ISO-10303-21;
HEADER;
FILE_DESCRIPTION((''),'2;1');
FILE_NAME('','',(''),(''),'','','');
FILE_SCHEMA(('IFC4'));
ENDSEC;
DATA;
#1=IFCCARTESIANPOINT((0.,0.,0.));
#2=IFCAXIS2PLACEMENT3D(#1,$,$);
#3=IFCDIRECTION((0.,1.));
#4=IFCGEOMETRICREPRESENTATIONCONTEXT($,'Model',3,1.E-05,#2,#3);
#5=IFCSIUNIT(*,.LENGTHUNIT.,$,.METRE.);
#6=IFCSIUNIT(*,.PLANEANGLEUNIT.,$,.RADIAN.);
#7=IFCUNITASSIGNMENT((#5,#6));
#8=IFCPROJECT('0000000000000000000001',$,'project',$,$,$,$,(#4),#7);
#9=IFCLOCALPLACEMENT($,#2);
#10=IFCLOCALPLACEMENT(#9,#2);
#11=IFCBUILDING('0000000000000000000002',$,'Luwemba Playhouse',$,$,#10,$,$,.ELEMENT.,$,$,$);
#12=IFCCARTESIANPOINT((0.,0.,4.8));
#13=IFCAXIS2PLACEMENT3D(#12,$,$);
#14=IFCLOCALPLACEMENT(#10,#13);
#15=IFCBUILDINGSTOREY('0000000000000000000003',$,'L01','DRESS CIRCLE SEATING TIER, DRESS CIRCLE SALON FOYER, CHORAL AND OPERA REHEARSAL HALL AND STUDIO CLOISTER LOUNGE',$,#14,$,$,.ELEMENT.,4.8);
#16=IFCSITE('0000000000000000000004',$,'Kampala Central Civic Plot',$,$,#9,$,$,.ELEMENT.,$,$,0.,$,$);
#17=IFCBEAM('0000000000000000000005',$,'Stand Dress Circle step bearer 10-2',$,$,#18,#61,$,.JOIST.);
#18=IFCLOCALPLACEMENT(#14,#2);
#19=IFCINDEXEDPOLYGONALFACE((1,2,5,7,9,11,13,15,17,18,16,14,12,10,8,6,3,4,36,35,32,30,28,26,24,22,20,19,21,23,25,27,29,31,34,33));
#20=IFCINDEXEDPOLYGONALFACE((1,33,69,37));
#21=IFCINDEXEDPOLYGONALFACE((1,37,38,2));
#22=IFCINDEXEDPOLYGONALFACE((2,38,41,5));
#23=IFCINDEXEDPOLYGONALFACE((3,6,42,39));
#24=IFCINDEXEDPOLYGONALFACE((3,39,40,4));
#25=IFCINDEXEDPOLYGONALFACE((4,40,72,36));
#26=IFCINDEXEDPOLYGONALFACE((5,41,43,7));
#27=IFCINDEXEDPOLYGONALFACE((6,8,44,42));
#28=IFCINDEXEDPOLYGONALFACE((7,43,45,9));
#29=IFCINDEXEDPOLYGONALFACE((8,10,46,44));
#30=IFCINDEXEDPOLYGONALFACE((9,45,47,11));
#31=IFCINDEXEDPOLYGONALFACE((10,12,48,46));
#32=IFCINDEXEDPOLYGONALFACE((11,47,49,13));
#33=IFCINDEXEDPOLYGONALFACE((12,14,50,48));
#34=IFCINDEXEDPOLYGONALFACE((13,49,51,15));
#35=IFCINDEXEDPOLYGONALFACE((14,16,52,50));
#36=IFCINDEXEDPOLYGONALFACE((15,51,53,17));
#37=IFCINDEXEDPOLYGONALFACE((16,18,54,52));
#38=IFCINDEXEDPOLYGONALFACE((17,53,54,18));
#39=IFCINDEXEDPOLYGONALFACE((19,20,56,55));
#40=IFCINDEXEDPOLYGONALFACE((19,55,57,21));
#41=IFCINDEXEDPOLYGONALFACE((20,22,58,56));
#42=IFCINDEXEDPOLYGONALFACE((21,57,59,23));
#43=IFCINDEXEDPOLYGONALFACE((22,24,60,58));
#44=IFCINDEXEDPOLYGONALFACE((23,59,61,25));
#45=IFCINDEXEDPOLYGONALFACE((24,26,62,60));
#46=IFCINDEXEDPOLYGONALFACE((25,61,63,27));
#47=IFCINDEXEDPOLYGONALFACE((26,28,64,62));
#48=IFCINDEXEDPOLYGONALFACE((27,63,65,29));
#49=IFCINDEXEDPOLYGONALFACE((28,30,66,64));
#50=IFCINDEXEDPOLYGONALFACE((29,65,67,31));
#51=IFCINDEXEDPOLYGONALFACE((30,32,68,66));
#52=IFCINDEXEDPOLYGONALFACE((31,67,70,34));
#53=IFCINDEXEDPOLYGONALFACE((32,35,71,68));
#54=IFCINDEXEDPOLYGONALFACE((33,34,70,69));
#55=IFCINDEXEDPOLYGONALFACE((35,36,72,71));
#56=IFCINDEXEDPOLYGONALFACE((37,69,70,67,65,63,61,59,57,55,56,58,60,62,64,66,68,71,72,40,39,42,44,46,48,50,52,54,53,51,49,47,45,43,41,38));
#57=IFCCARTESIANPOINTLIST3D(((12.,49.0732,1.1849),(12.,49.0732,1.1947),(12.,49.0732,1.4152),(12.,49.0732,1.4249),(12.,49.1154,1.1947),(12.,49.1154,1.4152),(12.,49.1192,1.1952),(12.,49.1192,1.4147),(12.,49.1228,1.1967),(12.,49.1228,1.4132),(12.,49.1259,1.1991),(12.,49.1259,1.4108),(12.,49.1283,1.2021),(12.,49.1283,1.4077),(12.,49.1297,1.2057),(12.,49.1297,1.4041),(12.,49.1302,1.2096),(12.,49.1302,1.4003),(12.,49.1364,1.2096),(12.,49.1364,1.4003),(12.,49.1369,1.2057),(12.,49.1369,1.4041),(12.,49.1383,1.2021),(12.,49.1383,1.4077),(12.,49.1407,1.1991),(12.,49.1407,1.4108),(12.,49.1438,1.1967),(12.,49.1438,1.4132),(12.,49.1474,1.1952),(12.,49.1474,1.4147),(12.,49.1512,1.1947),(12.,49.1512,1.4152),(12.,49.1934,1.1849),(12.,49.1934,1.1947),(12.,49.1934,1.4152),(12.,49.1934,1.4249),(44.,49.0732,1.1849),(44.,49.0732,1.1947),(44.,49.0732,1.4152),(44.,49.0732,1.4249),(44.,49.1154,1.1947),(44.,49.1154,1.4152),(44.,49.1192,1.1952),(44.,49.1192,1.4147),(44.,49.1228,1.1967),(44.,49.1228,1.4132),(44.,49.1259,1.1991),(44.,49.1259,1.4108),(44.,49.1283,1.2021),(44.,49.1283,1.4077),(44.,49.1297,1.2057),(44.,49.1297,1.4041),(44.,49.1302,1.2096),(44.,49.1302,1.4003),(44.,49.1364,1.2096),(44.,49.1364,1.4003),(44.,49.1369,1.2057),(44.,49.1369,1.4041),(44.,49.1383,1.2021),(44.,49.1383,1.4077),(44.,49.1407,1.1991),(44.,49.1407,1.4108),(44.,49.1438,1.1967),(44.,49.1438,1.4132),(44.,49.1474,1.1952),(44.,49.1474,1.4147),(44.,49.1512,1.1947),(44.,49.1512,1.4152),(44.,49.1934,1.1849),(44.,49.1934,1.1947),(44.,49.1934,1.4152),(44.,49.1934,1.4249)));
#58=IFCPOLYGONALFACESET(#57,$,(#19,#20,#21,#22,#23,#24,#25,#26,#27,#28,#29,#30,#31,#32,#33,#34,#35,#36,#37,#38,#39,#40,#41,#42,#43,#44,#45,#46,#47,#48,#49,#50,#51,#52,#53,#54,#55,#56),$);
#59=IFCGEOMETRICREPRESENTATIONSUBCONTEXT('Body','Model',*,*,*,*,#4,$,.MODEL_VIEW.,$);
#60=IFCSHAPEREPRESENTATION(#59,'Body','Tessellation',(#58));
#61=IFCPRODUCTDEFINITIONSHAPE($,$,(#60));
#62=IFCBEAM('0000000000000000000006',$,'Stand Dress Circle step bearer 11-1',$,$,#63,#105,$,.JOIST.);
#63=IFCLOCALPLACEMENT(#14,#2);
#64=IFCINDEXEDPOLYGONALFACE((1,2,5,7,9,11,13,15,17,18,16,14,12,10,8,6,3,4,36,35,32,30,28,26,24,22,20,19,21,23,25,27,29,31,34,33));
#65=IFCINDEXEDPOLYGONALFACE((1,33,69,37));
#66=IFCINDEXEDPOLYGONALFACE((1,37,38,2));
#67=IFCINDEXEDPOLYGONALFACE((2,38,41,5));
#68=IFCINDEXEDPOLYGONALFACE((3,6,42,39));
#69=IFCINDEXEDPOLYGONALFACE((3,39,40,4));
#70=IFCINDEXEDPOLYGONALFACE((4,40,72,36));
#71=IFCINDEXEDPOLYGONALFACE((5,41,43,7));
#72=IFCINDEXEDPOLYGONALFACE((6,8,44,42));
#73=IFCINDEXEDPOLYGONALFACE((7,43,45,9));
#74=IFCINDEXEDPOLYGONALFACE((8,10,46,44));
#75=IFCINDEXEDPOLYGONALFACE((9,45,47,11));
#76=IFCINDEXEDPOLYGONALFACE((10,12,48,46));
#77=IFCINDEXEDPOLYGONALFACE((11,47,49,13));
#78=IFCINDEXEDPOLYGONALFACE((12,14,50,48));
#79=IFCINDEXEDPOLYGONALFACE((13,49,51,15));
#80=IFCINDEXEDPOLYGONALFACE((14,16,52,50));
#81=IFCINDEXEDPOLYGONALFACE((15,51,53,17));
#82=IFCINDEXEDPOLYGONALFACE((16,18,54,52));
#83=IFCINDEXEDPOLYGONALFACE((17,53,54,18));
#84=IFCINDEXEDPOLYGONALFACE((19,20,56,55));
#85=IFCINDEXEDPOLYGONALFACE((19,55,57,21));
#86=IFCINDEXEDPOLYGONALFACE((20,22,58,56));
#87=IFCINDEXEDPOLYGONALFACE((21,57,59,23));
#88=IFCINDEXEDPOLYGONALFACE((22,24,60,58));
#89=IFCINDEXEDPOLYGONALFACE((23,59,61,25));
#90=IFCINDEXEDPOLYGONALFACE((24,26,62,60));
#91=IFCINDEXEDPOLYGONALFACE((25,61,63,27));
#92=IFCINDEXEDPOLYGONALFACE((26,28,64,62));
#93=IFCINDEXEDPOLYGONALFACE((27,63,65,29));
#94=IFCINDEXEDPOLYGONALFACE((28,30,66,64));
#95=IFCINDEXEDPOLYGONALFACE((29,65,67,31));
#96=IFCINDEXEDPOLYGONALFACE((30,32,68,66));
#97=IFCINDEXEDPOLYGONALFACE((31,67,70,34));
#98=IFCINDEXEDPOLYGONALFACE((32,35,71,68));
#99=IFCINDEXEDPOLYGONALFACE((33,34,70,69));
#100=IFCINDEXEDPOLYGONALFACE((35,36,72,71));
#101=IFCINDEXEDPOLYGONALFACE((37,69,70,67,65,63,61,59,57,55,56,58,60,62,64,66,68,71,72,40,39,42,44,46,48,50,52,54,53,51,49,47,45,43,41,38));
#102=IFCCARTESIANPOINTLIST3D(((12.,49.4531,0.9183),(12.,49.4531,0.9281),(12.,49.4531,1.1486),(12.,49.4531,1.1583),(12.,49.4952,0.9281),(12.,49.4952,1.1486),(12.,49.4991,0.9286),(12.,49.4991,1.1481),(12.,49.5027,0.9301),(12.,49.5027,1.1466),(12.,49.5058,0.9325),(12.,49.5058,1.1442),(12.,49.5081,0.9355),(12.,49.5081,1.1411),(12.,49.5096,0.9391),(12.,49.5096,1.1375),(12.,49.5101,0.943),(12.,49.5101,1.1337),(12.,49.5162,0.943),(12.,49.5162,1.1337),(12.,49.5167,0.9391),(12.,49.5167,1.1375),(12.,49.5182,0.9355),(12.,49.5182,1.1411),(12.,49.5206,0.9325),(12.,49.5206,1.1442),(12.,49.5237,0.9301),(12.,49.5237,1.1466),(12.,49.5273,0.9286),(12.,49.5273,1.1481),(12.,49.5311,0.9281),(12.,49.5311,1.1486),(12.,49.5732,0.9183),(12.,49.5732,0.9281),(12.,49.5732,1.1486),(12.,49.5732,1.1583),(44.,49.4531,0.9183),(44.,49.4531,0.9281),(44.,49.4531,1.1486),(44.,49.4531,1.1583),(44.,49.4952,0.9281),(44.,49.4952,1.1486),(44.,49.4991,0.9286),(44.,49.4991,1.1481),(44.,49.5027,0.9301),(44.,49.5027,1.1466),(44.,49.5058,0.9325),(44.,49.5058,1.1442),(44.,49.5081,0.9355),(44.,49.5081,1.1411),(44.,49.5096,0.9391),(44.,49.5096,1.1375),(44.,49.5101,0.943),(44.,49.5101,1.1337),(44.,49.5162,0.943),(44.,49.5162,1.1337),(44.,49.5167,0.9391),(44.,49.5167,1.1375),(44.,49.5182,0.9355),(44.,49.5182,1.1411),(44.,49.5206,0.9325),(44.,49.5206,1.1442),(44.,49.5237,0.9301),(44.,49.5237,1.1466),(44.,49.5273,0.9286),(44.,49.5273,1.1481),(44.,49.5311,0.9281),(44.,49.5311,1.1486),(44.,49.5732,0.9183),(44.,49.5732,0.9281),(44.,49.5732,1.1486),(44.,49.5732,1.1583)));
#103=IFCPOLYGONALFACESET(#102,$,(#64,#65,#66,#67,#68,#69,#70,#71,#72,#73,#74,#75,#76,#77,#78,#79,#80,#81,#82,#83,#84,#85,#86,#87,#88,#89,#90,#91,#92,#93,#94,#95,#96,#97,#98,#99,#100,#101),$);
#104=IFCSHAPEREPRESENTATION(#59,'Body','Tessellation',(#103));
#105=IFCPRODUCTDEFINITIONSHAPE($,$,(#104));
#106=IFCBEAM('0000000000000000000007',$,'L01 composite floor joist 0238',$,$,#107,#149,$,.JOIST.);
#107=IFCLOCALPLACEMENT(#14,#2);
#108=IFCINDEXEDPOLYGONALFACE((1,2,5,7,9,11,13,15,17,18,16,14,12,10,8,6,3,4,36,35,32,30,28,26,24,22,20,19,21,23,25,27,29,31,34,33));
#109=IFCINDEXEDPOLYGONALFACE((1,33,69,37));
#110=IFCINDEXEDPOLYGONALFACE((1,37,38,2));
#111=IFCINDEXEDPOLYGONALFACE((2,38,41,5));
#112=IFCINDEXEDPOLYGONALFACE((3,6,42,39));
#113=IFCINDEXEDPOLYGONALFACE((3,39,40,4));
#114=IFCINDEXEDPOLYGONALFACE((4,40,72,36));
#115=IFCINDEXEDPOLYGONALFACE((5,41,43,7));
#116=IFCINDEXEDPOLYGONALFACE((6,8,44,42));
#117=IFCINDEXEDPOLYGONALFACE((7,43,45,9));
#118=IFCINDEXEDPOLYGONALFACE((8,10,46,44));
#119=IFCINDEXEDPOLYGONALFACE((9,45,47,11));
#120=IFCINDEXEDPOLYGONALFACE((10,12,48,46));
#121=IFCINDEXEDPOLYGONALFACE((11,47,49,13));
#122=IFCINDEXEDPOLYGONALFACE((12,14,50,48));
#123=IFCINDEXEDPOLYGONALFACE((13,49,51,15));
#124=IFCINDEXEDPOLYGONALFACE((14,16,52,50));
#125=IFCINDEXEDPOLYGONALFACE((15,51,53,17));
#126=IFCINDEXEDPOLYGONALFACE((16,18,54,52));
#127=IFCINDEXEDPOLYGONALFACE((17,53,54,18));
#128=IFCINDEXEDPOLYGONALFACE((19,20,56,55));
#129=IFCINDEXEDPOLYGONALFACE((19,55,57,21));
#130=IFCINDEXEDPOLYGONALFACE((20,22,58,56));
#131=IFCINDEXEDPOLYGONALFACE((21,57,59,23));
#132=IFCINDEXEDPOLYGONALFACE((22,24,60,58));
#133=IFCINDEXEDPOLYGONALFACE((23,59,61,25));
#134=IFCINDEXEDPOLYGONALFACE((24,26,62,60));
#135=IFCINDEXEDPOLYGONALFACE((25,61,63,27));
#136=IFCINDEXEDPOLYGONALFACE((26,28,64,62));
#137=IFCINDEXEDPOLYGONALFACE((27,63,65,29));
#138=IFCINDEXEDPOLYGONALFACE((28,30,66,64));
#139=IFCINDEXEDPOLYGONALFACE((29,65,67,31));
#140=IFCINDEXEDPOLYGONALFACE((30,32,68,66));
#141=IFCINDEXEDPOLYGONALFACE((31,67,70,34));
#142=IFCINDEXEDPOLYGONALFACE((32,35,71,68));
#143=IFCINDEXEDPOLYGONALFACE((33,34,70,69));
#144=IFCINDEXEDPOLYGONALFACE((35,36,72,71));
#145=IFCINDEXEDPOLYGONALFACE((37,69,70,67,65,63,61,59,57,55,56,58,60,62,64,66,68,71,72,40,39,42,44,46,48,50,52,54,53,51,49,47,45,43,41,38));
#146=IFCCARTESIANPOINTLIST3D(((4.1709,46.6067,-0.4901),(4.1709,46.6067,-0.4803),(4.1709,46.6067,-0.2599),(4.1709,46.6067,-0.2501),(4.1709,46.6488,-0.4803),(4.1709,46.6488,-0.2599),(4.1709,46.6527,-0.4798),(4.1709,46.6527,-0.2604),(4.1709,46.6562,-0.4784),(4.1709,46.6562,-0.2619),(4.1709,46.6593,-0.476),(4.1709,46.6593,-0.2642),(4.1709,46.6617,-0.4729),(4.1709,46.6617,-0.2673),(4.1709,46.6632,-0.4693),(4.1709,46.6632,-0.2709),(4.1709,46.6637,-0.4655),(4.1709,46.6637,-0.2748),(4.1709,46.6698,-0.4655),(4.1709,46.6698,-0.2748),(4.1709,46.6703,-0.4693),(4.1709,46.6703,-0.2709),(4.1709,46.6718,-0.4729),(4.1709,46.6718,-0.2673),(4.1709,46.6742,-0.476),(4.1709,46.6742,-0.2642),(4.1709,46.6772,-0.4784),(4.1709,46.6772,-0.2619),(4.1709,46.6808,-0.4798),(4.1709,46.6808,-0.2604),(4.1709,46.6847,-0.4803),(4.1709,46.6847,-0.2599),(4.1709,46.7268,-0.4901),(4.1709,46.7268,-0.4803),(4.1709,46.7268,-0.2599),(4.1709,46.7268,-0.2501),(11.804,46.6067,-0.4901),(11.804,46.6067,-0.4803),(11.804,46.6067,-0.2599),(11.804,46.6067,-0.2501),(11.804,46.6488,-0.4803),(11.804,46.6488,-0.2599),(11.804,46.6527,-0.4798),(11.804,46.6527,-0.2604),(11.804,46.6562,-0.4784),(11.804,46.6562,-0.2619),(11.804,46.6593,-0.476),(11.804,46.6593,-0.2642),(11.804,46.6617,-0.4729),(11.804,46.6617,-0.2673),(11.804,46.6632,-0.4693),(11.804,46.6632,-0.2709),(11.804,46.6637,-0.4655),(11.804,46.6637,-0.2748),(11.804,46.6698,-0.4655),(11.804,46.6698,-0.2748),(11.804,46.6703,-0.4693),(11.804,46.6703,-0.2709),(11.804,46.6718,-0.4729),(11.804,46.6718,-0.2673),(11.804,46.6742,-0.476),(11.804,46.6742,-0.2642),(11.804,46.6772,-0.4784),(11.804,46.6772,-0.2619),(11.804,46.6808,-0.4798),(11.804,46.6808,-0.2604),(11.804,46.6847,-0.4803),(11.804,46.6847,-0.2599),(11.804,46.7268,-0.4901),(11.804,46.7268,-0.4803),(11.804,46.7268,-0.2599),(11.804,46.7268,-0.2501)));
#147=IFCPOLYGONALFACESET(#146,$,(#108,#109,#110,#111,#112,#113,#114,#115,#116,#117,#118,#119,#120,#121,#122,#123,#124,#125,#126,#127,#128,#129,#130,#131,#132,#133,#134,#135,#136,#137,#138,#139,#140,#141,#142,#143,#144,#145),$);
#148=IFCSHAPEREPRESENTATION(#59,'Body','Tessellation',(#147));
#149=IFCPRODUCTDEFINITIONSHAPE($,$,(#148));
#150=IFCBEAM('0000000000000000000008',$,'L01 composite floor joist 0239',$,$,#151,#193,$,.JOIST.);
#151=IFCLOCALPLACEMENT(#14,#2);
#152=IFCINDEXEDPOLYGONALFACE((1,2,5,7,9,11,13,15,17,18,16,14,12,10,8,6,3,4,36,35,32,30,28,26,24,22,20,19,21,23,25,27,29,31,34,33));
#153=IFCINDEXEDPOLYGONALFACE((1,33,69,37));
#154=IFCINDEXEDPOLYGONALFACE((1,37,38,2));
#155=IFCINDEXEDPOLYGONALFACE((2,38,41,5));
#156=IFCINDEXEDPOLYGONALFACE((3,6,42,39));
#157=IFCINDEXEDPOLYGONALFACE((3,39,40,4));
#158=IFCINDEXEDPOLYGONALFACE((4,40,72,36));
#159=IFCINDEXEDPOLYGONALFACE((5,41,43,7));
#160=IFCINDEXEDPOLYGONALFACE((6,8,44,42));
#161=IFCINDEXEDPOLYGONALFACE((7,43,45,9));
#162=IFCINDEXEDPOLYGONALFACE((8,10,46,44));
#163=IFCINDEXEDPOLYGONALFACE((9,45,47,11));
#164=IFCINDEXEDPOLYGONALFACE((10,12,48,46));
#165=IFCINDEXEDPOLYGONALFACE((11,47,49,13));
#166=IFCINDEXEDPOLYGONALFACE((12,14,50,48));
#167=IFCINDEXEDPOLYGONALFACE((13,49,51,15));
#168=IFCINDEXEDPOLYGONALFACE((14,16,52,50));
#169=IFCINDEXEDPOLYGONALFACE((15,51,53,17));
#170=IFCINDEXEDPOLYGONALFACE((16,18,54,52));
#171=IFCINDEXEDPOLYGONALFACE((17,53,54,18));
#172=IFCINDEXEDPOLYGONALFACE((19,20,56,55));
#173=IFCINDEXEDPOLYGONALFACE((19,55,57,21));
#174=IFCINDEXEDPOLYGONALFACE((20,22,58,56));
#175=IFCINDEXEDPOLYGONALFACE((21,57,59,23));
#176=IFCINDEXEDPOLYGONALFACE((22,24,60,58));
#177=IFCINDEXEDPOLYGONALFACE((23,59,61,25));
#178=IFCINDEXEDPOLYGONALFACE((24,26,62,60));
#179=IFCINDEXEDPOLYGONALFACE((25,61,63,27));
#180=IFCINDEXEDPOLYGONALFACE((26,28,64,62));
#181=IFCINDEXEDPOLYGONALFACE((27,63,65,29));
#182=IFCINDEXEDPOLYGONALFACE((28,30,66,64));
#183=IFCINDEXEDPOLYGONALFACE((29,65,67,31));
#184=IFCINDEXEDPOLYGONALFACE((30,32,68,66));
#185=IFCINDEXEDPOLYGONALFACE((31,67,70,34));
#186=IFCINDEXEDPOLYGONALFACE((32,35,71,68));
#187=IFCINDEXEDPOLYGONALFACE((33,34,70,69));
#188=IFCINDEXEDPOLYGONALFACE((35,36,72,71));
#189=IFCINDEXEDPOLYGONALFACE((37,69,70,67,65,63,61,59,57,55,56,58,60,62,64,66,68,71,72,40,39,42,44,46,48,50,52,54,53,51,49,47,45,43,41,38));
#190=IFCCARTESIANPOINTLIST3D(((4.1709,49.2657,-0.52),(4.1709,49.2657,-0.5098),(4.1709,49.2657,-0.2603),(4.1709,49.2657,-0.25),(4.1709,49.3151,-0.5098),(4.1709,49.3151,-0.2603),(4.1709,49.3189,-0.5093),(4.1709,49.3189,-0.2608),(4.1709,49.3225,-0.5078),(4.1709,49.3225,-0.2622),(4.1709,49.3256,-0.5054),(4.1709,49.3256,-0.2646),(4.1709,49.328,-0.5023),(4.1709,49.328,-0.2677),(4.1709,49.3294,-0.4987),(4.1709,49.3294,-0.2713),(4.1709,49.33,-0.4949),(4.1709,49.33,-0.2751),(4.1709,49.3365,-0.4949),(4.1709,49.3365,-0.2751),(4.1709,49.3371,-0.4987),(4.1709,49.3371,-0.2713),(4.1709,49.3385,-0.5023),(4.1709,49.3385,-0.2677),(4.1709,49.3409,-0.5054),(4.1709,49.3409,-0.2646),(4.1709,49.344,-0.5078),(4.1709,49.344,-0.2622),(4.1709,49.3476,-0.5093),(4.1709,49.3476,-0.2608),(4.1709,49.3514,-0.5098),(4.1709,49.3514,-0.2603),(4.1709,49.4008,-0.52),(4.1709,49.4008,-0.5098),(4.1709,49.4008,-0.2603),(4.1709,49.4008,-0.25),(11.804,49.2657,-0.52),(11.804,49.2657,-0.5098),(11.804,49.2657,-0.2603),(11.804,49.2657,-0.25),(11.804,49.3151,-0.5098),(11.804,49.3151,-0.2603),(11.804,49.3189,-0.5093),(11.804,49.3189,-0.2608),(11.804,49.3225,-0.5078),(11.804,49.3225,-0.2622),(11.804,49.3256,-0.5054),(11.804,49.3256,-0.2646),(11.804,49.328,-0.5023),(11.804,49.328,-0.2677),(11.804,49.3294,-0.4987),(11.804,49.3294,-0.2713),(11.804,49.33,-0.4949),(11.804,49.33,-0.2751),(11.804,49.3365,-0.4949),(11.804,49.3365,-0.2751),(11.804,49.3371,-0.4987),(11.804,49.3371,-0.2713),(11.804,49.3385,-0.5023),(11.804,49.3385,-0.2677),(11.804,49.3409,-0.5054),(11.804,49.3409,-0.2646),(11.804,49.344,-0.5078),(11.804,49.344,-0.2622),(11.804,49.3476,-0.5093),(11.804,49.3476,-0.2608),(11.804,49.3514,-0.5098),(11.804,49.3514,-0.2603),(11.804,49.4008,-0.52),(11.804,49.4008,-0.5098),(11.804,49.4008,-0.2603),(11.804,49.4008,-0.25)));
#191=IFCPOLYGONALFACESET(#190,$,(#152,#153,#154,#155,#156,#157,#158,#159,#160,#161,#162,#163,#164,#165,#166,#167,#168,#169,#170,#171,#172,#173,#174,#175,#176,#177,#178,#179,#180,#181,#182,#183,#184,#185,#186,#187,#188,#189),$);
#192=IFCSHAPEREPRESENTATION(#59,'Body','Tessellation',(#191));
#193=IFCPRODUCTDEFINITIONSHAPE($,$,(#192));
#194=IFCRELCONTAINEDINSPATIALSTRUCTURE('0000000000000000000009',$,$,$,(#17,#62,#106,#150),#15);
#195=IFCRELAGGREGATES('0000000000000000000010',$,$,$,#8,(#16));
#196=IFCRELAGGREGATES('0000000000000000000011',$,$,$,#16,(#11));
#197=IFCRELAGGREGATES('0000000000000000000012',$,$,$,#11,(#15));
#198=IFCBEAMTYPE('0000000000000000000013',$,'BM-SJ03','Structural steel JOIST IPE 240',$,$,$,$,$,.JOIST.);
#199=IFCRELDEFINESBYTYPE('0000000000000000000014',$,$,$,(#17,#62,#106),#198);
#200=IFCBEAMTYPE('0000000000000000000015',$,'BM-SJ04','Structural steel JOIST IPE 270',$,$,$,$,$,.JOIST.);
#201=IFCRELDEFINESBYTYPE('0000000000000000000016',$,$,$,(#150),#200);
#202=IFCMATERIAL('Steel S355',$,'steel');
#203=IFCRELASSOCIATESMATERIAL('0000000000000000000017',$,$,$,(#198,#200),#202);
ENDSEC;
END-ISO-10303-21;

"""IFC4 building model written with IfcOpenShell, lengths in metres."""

from ifc_helpers import new_model, si_unit, direction, frame, origin, origin_2d, place, context, subcontext, project, spatial, i_section, extrude, material, material_profile, profile_set, type_object, element, save


model = new_model("IFC4")

# Units and contexts
model_context = context("Model", 3, precision=1e-05, world=origin(), true_north=direction((0.0, 1.0)))
body_context = subcontext(model_context, "Body", "Model", "MODEL_VIEW")
ifc_project = project(units=[si_unit("LENGTHUNIT", "METRE"), si_unit("PLANEANGLEUNIT", "RADIAN")], contexts=[model_context])

# Site, building, storey
site_placement = place(None, origin())
site = spatial("IfcSite", under=ifc_project, at=site_placement, Name="Kampala Central Civic Plot", CompositionType="ELEMENT", RefElevation=0.0)
building_placement = place(site_placement, origin())
building = spatial("IfcBuilding", under=site, at=building_placement, Name="Luwemba Playhouse", CompositionType="ELEMENT")
storey_placement = place(building_placement, frame((0.0, 0.0, 4.8)))
storey = spatial("IfcBuildingStorey", under=building, at=storey_placement, Name="L01", Description="DRESS CIRCLE SEATING TIER, DRESS CIRCLE SALON FOYER, CHORAL AND OPERA REHEARSAL HALL AND STUDIO CLOISTER LOUNGE", CompositionType="ELEMENT", Elevation=4.8)

# Beams
ifc_material_1 = material(Name="Steel S355", Category="steel")
ifc_material_profile_1 = material_profile(ifc_material_1, i_section(OverallWidth=0.1201, OverallDepth=0.24, WebThickness=0.0061, FlangeThickness=0.0098, FilletRadius=0.0149, at=origin_2d()))
ifc_profile_set_1 = profile_set([ifc_material_profile_1], Name="Steel S355")
beam_type_1 = type_object("IfcBeamType", Name="BM-SJ03", Description="Structural steel JOIST IPE 240", PredefinedType="JOIST", material=ifc_profile_set_1)
for number, where, z_axis, x_axis, name in (
    (1, (12.0, 49.1333, 1.3049), (1.0, 0.0, 0.0), (0.0, 1.0, 0.0), "Stand Dress Circle step bearer 10-2"),
    (2, (12.0, 49.5132, 1.0383), (1.0, 0.0, 0.0), (0.0, 1.0, 0.0), "Stand Dress Circle step bearer 11-1"),
):
    element("IfcBeam", number, at=place(storey_placement, frame(where, z_axis=z_axis, x_axis=x_axis)), inside=storey, type_object=beam_type_1, Name=name, PredefinedType="JOIST", context=body_context, shape_type="SweptSolid", body=[
        extrude(i_section(OverallWidth=0.1201, OverallDepth=0.24, WebThickness=0.0061, FlangeThickness=0.0098, FilletRadius=0.0149, at=origin_2d()), origin(), (0.0, 0.0, 1.0), 32.0),
    ])
beam_1_placement = place(storey_placement, frame((4.1709, 46.6667, -0.3701), z_axis=(1.0, 0.0, 0.0), x_axis=(0.0, 1.0, 0.0)))
element("IfcBeam", 3, at=beam_1_placement, inside=storey, type_object=beam_type_1, Name="L01 composite floor joist 0238", PredefinedType="JOIST", context=body_context, shape_type="SweptSolid", body=[
    extrude(i_section(OverallWidth=0.1201, OverallDepth=0.24, WebThickness=0.0061, FlangeThickness=0.0098, FilletRadius=0.0149, at=origin_2d()), origin(), (0.0, 0.0, 1.0), 7.6331),
])
ifc_material_profile_2 = material_profile(ifc_material_1, i_section(OverallWidth=0.135, OverallDepth=0.27, WebThickness=0.0066, FlangeThickness=0.0103, FilletRadius=0.0149, at=origin_2d()))
ifc_profile_set_2 = profile_set([ifc_material_profile_2], Name="Steel S355")
beam_type_2 = type_object("IfcBeamType", Name="BM-SJ04", Description="Structural steel JOIST IPE 270", PredefinedType="JOIST", material=ifc_profile_set_2)
beam_2_placement = place(storey_placement, frame((4.1709, 49.3333, -0.385), z_axis=(1.0, 0.0, 0.0), x_axis=(0.0, 1.0, 0.0)))
element("IfcBeam", 4, at=beam_2_placement, inside=storey, type_object=beam_type_2, Name="L01 composite floor joist 0239", PredefinedType="JOIST", context=body_context, shape_type="SweptSolid", body=[
    extrude(i_section(OverallWidth=0.135, OverallDepth=0.27, WebThickness=0.0066, FlangeThickness=0.0103, FilletRadius=0.0149, at=origin_2d()), origin(), (0.0, 0.0, 1.0), 7.6331),
])

save(model, "model.ifc")
